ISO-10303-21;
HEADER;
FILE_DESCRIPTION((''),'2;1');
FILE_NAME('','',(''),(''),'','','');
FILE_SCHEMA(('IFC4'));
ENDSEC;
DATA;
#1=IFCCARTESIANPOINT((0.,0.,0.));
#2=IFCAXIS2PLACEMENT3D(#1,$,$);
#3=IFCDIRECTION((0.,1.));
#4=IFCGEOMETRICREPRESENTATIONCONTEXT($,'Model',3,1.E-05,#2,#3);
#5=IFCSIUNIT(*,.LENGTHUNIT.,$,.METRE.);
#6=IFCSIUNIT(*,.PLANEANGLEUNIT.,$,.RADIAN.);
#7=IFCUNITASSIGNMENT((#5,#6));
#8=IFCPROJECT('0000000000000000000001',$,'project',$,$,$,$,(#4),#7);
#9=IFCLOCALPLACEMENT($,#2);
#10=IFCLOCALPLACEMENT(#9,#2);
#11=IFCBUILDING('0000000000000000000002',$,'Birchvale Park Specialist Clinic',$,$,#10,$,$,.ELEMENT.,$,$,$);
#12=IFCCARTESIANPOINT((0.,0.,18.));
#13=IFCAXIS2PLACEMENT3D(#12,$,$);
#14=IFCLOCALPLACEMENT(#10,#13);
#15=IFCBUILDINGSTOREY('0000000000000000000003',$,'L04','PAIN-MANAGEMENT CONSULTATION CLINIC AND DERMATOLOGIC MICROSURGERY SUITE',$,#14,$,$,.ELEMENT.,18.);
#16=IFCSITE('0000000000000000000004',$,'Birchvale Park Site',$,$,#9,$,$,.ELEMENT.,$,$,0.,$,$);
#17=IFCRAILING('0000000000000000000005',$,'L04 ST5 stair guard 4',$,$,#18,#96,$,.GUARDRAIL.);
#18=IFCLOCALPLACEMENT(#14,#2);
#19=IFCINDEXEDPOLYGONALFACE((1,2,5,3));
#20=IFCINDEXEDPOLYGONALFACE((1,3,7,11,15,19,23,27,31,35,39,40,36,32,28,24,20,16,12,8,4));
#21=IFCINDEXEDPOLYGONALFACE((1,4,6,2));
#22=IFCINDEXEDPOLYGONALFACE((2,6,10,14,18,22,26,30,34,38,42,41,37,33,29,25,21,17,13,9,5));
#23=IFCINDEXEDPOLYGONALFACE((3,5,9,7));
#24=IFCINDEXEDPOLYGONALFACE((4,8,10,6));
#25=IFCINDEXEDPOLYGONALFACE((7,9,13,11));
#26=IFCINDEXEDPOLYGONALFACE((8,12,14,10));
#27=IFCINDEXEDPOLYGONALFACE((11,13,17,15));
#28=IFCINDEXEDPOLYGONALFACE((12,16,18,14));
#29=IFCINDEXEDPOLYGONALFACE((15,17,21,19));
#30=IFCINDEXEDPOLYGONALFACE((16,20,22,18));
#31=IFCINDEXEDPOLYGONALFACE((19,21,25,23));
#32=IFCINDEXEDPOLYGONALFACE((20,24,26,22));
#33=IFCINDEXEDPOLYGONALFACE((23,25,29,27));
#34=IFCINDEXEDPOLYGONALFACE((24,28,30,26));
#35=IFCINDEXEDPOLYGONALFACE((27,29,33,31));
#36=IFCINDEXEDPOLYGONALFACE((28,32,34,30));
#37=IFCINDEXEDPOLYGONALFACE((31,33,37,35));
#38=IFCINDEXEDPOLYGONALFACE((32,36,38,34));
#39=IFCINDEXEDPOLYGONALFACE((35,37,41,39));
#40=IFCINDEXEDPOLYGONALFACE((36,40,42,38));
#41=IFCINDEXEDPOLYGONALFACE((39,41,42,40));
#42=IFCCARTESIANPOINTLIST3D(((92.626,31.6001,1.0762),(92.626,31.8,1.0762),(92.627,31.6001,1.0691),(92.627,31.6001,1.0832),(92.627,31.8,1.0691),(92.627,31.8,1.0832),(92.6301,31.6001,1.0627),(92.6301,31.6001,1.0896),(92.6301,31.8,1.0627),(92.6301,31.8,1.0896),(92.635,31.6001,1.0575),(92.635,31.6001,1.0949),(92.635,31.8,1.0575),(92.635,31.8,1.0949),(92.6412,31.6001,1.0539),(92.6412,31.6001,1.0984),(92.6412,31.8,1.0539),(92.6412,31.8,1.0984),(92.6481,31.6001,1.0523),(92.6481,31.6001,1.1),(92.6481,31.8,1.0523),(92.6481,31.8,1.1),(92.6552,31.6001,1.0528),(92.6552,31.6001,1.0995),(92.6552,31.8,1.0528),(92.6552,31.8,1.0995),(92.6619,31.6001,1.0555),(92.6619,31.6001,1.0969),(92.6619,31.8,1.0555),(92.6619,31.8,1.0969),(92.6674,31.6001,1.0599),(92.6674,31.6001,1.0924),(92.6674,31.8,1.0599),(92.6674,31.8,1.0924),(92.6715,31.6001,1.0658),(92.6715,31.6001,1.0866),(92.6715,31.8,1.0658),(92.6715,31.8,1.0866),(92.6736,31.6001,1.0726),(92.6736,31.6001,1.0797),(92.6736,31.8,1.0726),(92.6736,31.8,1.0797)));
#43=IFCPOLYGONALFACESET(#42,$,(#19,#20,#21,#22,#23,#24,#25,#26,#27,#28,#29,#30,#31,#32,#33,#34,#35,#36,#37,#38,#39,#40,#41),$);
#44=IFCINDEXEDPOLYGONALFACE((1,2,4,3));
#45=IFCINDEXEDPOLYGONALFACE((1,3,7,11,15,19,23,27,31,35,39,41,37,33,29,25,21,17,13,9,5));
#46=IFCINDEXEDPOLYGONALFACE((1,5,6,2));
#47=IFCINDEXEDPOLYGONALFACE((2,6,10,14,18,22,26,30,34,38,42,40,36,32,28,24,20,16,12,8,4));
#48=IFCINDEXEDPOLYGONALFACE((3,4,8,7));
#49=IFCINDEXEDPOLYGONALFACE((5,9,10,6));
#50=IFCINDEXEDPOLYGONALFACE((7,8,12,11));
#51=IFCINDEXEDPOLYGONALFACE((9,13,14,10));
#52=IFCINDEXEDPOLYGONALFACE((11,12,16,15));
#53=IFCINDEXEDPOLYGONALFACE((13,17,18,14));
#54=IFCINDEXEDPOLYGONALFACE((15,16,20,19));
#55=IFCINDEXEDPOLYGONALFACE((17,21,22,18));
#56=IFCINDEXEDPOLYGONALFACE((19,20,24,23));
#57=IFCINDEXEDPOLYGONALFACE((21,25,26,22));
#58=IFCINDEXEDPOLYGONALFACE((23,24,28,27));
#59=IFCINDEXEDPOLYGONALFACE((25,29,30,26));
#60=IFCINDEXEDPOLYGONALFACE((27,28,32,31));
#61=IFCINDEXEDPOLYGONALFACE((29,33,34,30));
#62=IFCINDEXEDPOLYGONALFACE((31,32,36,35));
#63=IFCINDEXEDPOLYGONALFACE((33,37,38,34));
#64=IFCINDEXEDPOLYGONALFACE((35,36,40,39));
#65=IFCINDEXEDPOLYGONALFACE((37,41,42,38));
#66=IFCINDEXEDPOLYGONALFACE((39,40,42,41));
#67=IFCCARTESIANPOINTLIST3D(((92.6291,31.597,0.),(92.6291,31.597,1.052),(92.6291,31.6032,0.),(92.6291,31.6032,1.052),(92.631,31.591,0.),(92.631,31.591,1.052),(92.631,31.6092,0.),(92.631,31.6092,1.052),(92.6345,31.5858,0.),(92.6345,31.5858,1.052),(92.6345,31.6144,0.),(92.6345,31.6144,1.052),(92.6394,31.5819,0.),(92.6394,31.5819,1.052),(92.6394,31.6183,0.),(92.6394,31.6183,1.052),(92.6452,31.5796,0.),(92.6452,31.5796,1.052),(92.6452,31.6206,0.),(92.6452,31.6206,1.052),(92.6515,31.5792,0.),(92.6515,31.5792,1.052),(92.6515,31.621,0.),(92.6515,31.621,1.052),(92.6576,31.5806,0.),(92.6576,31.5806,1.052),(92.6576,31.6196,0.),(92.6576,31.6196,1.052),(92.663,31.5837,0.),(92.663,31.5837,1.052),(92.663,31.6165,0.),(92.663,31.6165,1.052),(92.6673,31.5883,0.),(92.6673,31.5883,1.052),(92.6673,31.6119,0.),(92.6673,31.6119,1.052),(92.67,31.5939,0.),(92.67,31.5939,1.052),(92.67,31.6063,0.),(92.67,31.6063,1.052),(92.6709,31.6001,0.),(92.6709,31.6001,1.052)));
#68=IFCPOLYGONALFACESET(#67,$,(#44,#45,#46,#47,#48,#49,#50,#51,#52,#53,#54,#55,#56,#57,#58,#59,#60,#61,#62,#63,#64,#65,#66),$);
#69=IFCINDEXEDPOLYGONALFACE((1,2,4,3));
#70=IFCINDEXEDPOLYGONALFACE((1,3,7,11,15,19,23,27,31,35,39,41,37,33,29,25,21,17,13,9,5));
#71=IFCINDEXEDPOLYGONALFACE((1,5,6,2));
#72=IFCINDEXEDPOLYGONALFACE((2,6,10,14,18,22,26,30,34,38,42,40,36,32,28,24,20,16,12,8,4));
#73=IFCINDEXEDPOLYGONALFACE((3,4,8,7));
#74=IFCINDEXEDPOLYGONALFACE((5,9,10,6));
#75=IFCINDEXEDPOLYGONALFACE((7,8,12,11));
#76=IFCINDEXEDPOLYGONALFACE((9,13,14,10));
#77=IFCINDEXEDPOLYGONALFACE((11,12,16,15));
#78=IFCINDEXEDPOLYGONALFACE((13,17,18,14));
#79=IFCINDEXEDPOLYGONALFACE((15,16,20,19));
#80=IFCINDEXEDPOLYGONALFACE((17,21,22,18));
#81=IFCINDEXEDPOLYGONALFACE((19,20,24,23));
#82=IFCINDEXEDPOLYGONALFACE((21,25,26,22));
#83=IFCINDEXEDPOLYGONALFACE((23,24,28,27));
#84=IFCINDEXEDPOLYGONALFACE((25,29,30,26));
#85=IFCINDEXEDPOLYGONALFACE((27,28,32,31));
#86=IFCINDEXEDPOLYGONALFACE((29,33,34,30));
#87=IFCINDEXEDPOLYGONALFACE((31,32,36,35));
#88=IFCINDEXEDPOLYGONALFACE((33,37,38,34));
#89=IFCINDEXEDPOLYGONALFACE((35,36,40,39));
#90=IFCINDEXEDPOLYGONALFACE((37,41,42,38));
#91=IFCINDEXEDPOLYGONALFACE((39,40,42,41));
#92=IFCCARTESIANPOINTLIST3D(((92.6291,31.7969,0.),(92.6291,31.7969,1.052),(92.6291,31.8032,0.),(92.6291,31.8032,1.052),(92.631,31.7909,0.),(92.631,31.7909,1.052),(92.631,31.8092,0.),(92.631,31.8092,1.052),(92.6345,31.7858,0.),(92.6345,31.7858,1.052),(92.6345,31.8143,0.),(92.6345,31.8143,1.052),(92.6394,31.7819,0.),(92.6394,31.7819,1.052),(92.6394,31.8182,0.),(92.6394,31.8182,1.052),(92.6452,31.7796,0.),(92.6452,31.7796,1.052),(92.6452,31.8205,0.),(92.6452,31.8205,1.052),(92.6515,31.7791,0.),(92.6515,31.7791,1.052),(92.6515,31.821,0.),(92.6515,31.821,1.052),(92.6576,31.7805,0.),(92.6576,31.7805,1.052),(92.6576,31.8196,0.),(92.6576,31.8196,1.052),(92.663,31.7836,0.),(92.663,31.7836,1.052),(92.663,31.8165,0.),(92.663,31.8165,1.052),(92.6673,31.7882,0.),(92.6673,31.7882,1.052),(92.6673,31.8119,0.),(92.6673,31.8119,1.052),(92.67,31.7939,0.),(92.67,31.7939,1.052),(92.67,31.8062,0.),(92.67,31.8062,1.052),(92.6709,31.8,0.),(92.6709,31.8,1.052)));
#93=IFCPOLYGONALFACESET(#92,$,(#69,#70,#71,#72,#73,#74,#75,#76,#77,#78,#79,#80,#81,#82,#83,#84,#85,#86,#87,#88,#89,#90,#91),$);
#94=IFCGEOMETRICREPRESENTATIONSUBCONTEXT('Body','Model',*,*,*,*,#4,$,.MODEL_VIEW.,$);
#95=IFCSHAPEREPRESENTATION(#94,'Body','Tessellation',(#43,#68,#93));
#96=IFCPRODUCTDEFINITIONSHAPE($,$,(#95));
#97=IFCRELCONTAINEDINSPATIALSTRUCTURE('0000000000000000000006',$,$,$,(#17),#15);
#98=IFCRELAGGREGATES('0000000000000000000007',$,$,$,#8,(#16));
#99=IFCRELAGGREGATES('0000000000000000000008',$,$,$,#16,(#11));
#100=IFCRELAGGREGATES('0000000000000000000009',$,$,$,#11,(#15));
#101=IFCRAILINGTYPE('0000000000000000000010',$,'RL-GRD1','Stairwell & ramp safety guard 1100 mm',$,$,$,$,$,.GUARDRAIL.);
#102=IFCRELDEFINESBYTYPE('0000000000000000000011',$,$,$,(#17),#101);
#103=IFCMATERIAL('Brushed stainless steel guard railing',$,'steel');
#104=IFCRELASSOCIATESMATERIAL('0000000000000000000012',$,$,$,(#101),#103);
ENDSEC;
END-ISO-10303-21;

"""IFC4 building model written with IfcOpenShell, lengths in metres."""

from ifc_helpers import new_model, si_unit, direction, frame, origin, origin_2d, place, context, subcontext, project, spatial, circle, extrude, material, type_object, element, save


model = new_model("IFC4")

# Units and contexts
model_context = context("Model", 3, precision=1e-05, world=origin(), true_north=direction((0.0, 1.0)))
body_context = subcontext(model_context, "Body", "Model", "MODEL_VIEW")
ifc_project = project(units=[si_unit("LENGTHUNIT", "METRE"), si_unit("PLANEANGLEUNIT", "RADIAN")], contexts=[model_context])

# Site, building, storey
site_placement = place(None, origin())
site = spatial("IfcSite", under=ifc_project, at=site_placement, Name="Birchvale Park Site", CompositionType="ELEMENT", RefElevation=0.0)
building_placement = place(site_placement, origin())
building = spatial("IfcBuilding", under=site, at=building_placement, Name="Birchvale Park Specialist Clinic", CompositionType="ELEMENT")
storey_placement = place(building_placement, frame((0.0, 0.0, 18.0)))
storey = spatial("IfcBuildingStorey", under=building, at=storey_placement, Name="L04", Description="PAIN-MANAGEMENT CONSULTATION CLINIC AND DERMATOLOGIC MICROSURGERY SUITE", CompositionType="ELEMENT", Elevation=18.0)

# Railing
ifc_material_1 = material(Name="Brushed stainless steel guard railing", Category="steel")
railing_type_1 = type_object("IfcRailingType", Name="RL-GRD1", Description="Stairwell & ramp safety guard 1100 mm", PredefinedType="GUARDRAIL", material=ifc_material_1)
railing_1_placement = place(storey_placement, frame((92.6499, 31.6001, 0.0)))
element("IfcRailing", 1, at=railing_1_placement, inside=storey, type_object=railing_type_1, Name="L04 ST5 stair guard 4", PredefinedType="GUARDRAIL", context=body_context, shape_type="SweptSolid", body=[
    extrude(circle(Radius=0.0239, at=origin_2d()), frame((0.0, 0.0, 1.0762), z_axis=(0.0, 1.0, 0.0), x_axis=(-1.0, 0.0, 0.0)), (0.0, 0.0, 1.0), 0.2),
    extrude(circle(Radius=0.021, at=origin_2d()), origin(), (0.0, 0.0, 1.0), 1.052),
    extrude(circle(Radius=0.021, at=origin_2d()), frame((0.0, 0.2, 0.0)), (0.0, 0.0, 1.0), 1.052),
])

save(model, "model.ifc")
